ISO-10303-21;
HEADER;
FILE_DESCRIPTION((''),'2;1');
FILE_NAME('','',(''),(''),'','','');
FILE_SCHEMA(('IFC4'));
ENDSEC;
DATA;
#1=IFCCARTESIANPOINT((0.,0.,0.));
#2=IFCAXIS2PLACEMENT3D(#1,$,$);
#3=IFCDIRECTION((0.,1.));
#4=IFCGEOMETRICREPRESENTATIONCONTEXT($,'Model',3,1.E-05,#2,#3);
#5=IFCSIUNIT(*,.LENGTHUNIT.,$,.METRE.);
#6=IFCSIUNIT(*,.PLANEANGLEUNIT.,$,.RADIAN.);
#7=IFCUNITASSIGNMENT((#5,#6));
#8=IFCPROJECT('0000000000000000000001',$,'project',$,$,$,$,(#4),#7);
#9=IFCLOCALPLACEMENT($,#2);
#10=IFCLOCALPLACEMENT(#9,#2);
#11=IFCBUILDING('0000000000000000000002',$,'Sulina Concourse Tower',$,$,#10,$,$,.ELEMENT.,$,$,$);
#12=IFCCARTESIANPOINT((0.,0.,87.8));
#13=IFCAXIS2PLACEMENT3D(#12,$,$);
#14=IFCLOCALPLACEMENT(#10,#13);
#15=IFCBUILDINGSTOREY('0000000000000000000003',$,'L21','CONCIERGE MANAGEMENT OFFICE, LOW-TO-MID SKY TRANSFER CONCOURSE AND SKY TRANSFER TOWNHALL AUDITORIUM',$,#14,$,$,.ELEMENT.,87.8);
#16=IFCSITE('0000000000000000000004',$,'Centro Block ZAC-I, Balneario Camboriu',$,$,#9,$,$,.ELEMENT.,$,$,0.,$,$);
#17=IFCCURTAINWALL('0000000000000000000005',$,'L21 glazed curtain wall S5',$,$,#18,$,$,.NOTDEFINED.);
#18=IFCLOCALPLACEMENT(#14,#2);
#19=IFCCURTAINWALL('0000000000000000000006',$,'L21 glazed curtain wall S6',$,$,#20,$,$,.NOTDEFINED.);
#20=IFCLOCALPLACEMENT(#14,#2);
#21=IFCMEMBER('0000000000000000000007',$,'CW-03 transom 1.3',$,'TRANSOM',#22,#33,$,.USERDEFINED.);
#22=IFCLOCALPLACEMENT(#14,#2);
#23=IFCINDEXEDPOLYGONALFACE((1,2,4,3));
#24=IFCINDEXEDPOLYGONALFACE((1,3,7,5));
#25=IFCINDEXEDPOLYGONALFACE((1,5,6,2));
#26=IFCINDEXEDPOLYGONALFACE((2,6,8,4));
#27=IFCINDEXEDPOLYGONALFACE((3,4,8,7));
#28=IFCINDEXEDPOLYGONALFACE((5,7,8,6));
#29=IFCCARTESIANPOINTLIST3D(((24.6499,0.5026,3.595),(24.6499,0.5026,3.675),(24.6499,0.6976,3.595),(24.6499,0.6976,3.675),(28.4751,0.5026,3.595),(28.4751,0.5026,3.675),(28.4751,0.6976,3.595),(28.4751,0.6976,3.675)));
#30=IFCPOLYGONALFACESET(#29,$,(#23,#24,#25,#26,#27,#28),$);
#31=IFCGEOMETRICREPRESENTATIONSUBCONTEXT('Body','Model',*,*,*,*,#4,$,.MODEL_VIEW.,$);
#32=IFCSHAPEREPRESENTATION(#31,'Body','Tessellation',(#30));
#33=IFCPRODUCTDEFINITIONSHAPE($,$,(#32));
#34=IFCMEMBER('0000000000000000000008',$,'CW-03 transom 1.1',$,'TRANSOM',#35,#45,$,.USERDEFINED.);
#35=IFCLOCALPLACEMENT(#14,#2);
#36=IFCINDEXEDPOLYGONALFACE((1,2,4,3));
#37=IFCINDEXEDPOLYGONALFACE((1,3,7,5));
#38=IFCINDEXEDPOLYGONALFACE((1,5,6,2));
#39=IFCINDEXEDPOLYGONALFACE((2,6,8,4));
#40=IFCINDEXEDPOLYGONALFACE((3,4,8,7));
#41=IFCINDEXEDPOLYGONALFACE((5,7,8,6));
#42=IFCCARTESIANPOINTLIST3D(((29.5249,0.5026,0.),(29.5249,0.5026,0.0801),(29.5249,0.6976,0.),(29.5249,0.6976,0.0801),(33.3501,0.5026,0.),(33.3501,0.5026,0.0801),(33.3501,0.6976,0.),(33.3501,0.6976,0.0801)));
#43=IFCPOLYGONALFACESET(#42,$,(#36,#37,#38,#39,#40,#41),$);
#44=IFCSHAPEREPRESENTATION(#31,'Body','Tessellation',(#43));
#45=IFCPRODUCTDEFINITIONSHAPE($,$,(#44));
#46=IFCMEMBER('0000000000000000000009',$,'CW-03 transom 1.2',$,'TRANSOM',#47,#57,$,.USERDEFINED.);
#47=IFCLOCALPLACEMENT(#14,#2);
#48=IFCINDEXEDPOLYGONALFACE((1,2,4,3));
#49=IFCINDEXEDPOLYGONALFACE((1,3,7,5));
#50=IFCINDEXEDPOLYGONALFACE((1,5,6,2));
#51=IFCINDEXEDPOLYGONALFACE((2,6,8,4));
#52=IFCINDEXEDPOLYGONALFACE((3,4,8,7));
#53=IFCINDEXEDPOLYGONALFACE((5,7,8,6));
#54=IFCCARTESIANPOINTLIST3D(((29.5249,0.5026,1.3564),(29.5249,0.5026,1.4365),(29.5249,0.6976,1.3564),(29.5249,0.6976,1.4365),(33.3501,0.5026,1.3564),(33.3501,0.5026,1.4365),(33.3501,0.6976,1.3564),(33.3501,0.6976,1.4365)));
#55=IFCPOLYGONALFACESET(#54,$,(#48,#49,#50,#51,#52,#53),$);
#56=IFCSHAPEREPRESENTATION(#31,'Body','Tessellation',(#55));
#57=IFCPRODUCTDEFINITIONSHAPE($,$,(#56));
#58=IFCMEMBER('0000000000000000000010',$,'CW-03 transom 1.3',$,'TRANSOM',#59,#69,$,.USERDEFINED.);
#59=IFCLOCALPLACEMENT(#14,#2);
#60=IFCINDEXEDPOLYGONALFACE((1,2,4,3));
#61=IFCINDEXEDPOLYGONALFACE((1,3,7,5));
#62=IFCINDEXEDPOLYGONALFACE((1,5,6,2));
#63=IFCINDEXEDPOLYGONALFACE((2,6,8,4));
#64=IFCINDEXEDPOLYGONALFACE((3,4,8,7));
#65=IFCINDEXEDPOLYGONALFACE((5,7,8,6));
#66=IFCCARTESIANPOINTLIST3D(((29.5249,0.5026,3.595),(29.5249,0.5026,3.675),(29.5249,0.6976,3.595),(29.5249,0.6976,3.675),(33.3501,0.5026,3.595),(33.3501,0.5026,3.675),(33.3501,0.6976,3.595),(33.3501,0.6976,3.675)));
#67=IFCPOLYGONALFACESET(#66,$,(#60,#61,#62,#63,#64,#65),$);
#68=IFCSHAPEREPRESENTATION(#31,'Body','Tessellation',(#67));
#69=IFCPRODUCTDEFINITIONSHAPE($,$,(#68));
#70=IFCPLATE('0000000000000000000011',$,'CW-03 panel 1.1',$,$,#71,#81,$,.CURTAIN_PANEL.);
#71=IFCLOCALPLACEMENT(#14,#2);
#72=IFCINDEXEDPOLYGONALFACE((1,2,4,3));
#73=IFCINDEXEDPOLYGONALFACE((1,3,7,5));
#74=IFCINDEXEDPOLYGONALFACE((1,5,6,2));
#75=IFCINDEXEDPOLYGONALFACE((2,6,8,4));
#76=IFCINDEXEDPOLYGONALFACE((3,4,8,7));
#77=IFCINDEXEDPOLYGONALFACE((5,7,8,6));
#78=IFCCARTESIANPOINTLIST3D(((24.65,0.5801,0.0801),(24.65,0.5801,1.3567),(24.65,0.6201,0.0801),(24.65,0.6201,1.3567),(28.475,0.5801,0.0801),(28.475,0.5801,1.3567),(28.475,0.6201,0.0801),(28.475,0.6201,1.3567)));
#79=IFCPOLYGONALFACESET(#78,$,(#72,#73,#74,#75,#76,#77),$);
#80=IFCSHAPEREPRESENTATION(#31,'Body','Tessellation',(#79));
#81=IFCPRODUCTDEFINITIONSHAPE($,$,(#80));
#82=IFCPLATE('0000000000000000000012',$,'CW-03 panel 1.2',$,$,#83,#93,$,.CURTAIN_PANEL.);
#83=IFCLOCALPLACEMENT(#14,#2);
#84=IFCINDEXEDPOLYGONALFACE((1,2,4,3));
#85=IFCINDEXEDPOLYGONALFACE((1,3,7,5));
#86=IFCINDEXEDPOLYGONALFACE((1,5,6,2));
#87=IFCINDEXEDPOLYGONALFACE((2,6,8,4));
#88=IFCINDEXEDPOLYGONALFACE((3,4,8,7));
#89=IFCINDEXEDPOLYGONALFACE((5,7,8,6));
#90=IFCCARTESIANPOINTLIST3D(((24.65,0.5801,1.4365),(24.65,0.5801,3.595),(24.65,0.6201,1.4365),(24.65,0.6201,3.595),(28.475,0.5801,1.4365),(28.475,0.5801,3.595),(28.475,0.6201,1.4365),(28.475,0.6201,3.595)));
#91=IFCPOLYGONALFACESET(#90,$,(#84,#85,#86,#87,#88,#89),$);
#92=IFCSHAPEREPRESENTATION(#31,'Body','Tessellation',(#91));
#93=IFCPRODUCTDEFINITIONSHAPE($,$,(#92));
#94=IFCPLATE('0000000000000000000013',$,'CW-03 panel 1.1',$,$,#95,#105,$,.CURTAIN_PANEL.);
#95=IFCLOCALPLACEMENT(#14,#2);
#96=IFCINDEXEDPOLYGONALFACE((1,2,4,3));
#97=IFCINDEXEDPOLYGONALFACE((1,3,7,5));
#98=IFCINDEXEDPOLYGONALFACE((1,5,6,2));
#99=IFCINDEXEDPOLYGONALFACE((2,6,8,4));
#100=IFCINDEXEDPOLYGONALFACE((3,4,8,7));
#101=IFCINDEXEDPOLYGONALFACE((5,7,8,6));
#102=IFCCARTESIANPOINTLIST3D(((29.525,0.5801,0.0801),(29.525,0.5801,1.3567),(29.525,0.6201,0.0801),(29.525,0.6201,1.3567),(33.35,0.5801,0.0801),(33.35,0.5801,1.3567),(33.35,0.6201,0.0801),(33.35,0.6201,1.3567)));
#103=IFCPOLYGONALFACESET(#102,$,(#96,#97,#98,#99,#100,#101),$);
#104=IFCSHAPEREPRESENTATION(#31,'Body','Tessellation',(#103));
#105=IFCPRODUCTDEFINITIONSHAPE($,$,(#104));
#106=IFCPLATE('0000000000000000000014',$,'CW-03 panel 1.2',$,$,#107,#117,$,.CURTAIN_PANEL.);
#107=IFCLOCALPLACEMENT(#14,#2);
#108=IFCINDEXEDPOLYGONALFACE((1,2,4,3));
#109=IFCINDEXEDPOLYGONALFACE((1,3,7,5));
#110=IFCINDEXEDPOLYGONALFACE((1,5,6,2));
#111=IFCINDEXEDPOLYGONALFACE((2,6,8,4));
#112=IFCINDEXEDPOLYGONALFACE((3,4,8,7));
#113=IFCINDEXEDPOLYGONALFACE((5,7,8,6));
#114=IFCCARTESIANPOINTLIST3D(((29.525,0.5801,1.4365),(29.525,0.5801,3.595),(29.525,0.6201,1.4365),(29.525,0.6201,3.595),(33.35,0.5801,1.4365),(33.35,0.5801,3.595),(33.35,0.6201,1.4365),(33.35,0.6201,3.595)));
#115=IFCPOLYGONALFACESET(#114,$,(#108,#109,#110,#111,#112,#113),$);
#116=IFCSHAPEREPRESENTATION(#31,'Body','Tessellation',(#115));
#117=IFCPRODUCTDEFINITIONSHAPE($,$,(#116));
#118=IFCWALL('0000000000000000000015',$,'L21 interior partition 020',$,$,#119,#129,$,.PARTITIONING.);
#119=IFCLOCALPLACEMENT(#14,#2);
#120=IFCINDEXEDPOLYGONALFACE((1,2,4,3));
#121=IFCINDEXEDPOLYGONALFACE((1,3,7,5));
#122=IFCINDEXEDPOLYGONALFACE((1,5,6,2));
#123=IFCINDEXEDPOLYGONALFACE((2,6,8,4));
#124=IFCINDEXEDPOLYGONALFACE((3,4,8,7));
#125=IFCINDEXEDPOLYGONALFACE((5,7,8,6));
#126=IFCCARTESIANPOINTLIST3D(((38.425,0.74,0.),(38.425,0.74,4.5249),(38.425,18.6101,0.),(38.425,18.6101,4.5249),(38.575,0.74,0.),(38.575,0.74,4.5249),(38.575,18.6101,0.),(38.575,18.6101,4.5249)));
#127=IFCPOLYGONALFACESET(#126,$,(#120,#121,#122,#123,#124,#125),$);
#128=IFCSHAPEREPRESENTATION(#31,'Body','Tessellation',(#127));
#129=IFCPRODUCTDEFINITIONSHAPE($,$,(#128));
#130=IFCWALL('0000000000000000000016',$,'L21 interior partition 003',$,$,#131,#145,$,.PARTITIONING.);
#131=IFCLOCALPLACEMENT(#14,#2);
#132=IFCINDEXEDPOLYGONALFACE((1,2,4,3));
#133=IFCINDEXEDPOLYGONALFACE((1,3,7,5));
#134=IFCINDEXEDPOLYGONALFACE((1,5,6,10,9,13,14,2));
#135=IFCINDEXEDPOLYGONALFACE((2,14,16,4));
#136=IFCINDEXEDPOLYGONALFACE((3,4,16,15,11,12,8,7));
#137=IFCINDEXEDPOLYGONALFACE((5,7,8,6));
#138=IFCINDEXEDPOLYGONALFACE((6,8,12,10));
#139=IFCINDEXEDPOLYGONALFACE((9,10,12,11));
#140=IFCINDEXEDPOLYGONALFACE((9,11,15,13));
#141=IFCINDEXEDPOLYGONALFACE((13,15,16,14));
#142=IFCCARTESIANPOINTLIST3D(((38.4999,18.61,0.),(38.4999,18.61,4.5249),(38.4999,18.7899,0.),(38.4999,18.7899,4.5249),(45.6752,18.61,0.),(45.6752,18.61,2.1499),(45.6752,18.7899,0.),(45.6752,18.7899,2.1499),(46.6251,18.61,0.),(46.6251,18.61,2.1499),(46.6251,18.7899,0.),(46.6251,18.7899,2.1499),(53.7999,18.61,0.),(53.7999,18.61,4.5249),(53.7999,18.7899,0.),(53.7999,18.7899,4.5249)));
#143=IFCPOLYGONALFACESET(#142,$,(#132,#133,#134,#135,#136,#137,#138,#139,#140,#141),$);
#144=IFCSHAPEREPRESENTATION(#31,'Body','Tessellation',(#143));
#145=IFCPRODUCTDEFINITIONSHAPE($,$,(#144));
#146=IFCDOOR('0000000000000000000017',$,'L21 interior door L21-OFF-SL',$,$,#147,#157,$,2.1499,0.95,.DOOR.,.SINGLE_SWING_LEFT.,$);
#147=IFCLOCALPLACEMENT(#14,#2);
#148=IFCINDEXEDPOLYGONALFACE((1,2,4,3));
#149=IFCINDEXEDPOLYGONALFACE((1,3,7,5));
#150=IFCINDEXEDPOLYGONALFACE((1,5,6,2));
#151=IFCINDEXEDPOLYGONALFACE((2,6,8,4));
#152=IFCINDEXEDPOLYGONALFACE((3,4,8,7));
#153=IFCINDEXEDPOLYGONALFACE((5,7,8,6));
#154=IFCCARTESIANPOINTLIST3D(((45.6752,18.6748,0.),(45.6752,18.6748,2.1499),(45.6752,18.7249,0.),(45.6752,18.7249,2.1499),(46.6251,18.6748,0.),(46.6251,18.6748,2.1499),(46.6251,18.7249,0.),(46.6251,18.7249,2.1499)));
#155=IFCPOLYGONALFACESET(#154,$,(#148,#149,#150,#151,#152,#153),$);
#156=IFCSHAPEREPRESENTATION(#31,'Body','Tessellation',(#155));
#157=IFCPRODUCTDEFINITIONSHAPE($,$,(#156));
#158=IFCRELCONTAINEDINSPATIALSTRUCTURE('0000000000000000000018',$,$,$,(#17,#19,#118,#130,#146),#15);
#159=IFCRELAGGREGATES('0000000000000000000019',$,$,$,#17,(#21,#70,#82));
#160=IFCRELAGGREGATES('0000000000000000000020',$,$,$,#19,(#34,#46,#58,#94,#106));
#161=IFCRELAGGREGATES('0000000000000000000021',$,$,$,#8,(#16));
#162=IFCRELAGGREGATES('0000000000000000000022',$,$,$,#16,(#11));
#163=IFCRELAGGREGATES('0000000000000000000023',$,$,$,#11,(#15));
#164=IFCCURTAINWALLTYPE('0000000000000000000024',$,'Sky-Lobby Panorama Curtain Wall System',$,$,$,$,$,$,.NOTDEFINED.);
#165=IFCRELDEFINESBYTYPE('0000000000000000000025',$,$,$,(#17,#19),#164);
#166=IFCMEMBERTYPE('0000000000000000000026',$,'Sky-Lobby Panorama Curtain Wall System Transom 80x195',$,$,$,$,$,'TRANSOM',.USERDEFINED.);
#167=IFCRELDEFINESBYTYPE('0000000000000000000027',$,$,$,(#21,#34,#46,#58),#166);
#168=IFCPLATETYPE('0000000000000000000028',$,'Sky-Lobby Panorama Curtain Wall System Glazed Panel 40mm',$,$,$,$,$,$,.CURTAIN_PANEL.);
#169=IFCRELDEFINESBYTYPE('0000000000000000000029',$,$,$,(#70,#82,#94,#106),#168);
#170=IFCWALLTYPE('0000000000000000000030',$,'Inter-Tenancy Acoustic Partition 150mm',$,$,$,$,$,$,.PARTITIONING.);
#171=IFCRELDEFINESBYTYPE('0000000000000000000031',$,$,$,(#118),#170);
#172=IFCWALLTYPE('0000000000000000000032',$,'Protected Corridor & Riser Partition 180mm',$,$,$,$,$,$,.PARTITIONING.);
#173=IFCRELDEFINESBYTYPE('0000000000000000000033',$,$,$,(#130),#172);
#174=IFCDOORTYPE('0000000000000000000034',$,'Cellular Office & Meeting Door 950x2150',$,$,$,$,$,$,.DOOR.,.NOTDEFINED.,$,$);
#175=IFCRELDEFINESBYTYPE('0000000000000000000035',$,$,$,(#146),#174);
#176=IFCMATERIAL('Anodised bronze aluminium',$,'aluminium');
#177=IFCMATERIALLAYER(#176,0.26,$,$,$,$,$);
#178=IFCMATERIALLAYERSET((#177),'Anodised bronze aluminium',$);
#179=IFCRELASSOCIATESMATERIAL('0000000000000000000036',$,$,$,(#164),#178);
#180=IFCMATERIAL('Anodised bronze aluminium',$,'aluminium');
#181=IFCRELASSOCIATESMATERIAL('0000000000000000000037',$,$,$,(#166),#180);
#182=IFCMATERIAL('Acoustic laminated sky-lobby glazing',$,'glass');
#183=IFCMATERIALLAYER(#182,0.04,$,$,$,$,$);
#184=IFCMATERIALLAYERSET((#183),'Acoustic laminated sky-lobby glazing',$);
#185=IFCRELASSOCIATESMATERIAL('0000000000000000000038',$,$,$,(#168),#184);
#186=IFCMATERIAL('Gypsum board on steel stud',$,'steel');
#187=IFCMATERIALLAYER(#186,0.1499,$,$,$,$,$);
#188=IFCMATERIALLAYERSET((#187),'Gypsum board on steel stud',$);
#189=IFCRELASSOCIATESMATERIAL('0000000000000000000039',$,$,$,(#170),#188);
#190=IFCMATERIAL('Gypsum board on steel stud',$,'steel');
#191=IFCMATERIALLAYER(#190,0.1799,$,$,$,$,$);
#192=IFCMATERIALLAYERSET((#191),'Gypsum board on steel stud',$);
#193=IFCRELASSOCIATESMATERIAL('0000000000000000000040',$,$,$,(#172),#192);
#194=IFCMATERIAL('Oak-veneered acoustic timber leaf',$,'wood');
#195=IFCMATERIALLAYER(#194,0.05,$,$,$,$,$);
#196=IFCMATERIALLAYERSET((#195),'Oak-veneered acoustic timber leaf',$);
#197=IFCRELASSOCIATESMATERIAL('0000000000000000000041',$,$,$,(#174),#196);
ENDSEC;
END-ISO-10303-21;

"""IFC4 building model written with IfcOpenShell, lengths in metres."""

from ifc_helpers import new_model, si_unit, direction, frame, frame_2d, origin, origin_2d, place, context, subcontext, project, spatial, rectangle, extrude, material, layer, layer_set, material_profile, profile_set, type_object, element, fill, aggregate, save


model = new_model("IFC4")

# Units and contexts
model_context = context("Model", 3, precision=1e-05, world=origin(), true_north=direction((0.0, 1.0)))
body_context = subcontext(model_context, "Body", "Model", "MODEL_VIEW")
ifc_project = project(units=[si_unit("LENGTHUNIT", "METRE"), si_unit("PLANEANGLEUNIT", "RADIAN")], contexts=[model_context])

# Site, building, storey
site_placement = place(None, origin())
site = spatial("IfcSite", under=ifc_project, at=site_placement, Name="Centro Block ZAC-I, Balneario Camboriu", CompositionType="ELEMENT", RefElevation=0.0)
building_placement = place(site_placement, origin())
building = spatial("IfcBuilding", under=site, at=building_placement, Name="Sulina Concourse Tower", CompositionType="ELEMENT")
storey_placement = place(building_placement, frame((0.0, 0.0, 87.8)))
storey = spatial("IfcBuildingStorey", under=building, at=storey_placement, Name="L21", Description="CONCIERGE MANAGEMENT OFFICE, LOW-TO-MID SKY TRANSFER CONCOURSE AND SKY TRANSFER TOWNHALL AUDITORIUM", CompositionType="ELEMENT", Elevation=87.8)

# Shared definitions
ifc_material_1 = material(Name="Anodised bronze aluminium", Category="aluminium")
ifc_layer_1 = layer(ifc_material_1, 0.26)
ifc_layer_set_1 = layer_set([ifc_layer_1], Name="Anodised bronze aluminium")
curtain_wall_type = type_object("IfcCurtainWallType", Name="Sky-Lobby Panorama Curtain Wall System", PredefinedType="NOTDEFINED", material=ifc_layer_set_1)

# Curtain walls
curtain_wall_1_placement = place(storey_placement, origin())
curtain_wall_1 = element("IfcCurtainWall", 1, at=curtain_wall_1_placement, inside=storey, type_object=curtain_wall_type, Name="L21 glazed curtain wall S5", PredefinedType="NOTDEFINED")
curtain_wall_2_placement = place(storey_placement, origin())
curtain_wall_2 = element("IfcCurtainWall", 2, at=curtain_wall_2_placement, inside=storey, type_object=curtain_wall_type, Name="L21 glazed curtain wall S6", PredefinedType="NOTDEFINED")

# Members
ifc_material_2 = material(Name="Anodised bronze aluminium", Category="aluminium")
ifc_material_profile_1 = material_profile(ifc_material_2, rectangle(XDim=0.1951, YDim=0.0801, at=origin_2d()), Name="TRN 80x195")
ifc_profile_set_1 = profile_set([ifc_material_profile_1], Name="Anodised bronze aluminium")
member_type_1 = type_object("IfcMemberType", Name="Sky-Lobby Panorama Curtain Wall System Transom 80x195", ElementType="TRANSOM", PredefinedType="USERDEFINED", material=ifc_profile_set_1)
member_1_placement = place(storey_placement, frame((28.4751, 0.6001, 3.635), z_axis=(-1.0, 0.0, 0.0), x_axis=(0.0, -1.0, 0.0)))
member_1 = element("IfcMember", 3, at=member_1_placement, type_object=member_type_1, Name="CW-03 transom 1.3", ObjectType="TRANSOM", PredefinedType="USERDEFINED", context=body_context, shape_type="SweptSolid", body=[
    extrude(rectangle(XDim=0.1951, YDim=0.0801, at=origin_2d()), origin(), (0.0, 0.0, 1.0), 3.8252),
])
member_2_placement = place(storey_placement, frame((33.3501, 0.6001, 0.04), z_axis=(-1.0, 0.0, 0.0), x_axis=(0.0, -1.0, 0.0)))
member_2 = element("IfcMember", 4, at=member_2_placement, type_object=member_type_1, Name="CW-03 transom 1.1", ObjectType="TRANSOM", PredefinedType="USERDEFINED", context=body_context, shape_type="SweptSolid", body=[
    extrude(rectangle(XDim=0.1951, YDim=0.0801, at=origin_2d()), origin(), (0.0, 0.0, 1.0), 3.8252),
])
member_3_placement = place(storey_placement, frame((33.3501, 0.6001, 1.3965), z_axis=(-1.0, 0.0, 0.0), x_axis=(0.0, -1.0, 0.0)))
member_3 = element("IfcMember", 5, at=member_3_placement, type_object=member_type_1, Name="CW-03 transom 1.2", ObjectType="TRANSOM", PredefinedType="USERDEFINED", context=body_context, shape_type="SweptSolid", body=[
    extrude(rectangle(XDim=0.1951, YDim=0.0801, at=origin_2d()), origin(), (0.0, 0.0, 1.0), 3.8252),
])
member_4_placement = place(storey_placement, frame((33.3501, 0.6001, 3.635), z_axis=(-1.0, 0.0, 0.0), x_axis=(0.0, -1.0, 0.0)))
member_4 = element("IfcMember", 6, at=member_4_placement, type_object=member_type_1, Name="CW-03 transom 1.3", ObjectType="TRANSOM", PredefinedType="USERDEFINED", context=body_context, shape_type="SweptSolid", body=[
    extrude(rectangle(XDim=0.1951, YDim=0.0801, at=origin_2d()), origin(), (0.0, 0.0, 1.0), 3.8252),
])

# Plates
ifc_material_3 = material(Name="Acoustic laminated sky-lobby glazing", Category="glass")
ifc_layer_2 = layer(ifc_material_3, 0.04)
ifc_layer_set_2 = layer_set([ifc_layer_2], Name="Acoustic laminated sky-lobby glazing")
plate_type = type_object("IfcPlateType", Name="Sky-Lobby Panorama Curtain Wall System Glazed Panel 40mm", PredefinedType="CURTAIN_PANEL", material=ifc_layer_set_2)
plate_1_placement = place(storey_placement, frame((26.5625, 0.6001, 0.0801), z_axis=(0.0, 0.0, 1.0), x_axis=(-1.0, 0.0, 0.0)))
plate_1 = element("IfcPlate", 7, at=plate_1_placement, type_object=plate_type, Name="CW-03 panel 1.1", PredefinedType="CURTAIN_PANEL", context=body_context, shape_type="SweptSolid", body=[
    extrude(rectangle(XDim=3.825, YDim=0.04, at=origin_2d()), origin(), (0.0, 0.0, 1.0), 1.2766),
])
plate_2_placement = place(storey_placement, frame((26.5625, 0.6001, 1.4365), z_axis=(0.0, 0.0, 1.0), x_axis=(-1.0, 0.0, 0.0)))
plate_2 = element("IfcPlate", 8, at=plate_2_placement, type_object=plate_type, Name="CW-03 panel 1.2", PredefinedType="CURTAIN_PANEL", context=body_context, shape_type="SweptSolid", body=[
    extrude(rectangle(XDim=3.825, YDim=0.04, at=origin_2d()), origin(), (0.0, 0.0, 1.0), 2.1584),
])
aggregate(curtain_wall_1, [member_1, plate_1, plate_2])
plate_3_placement = place(storey_placement, frame((31.4375, 0.6001, 0.0801), z_axis=(0.0, 0.0, 1.0), x_axis=(-1.0, 0.0, 0.0)))
plate_3 = element("IfcPlate", 9, at=plate_3_placement, type_object=plate_type, Name="CW-03 panel 1.1", PredefinedType="CURTAIN_PANEL", context=body_context, shape_type="SweptSolid", body=[
    extrude(rectangle(XDim=3.825, YDim=0.04, at=origin_2d()), origin(), (0.0, 0.0, 1.0), 1.2766),
])
plate_4_placement = place(storey_placement, frame((31.4375, 0.6001, 1.4365), z_axis=(0.0, 0.0, 1.0), x_axis=(-1.0, 0.0, 0.0)))
plate_4 = element("IfcPlate", 10, at=plate_4_placement, type_object=plate_type, Name="CW-03 panel 1.2", PredefinedType="CURTAIN_PANEL", context=body_context, shape_type="SweptSolid", body=[
    extrude(rectangle(XDim=3.825, YDim=0.04, at=origin_2d()), origin(), (0.0, 0.0, 1.0), 2.1584),
])
aggregate(curtain_wall_2, [member_2, member_3, member_4, plate_3, plate_4])

# Wall
ifc_material_4 = material(Name="Gypsum board on steel stud", Category="steel")
ifc_layer_3 = layer(ifc_material_4, 0.1499)
ifc_layer_set_3 = layer_set([ifc_layer_3], Name="Gypsum board on steel stud")
wall_type_1 = type_object("IfcWallType", Name="Inter-Tenancy Acoustic Partition 150mm", PredefinedType="PARTITIONING", material=ifc_layer_set_3)
wall_1_placement = place(storey_placement, frame((38.5, 0.74, 0.0), z_axis=(0.0, 0.0, 1.0), x_axis=(0.0, 1.0, 0.0)))
element("IfcWall", 11, at=wall_1_placement, inside=storey, type_object=wall_type_1, Name="L21 interior partition 020", PredefinedType="PARTITIONING", context=body_context, shape_type="SweptSolid", body=[
    extrude(rectangle(XDim=17.8701, YDim=0.1499, at=frame_2d((8.9351, 0.0))), origin(), (0.0, 0.0, 1.0), 4.5249),
])

# Wall, opening, door
ifc_material_5 = material(Name="Gypsum board on steel stud", Category="steel")
ifc_layer_4 = layer(ifc_material_5, 0.1799)
ifc_layer_set_4 = layer_set([ifc_layer_4], Name="Gypsum board on steel stud")
wall_type_2 = type_object("IfcWallType", Name="Protected Corridor & Riser Partition 180mm", PredefinedType="PARTITIONING", material=ifc_layer_set_4)
wall_2_placement = place(storey_placement, frame((38.5, 18.7, 0.0), z_axis=(0.0, 0.0, 1.0), x_axis=(1.0, 0.0, 0.0)))
wall_2 = element("IfcWall", 12, at=wall_2_placement, inside=storey, type_object=wall_type_2, Name="L21 interior partition 003", PredefinedType="PARTITIONING", context=body_context, shape_type="SweptSolid", body=[
    extrude(rectangle(XDim=15.3, YDim=0.1799, at=frame_2d((7.6499, 0.0))), origin(), (0.0, 0.0, 1.0), 4.5249),
])
opening_1_placement = place(wall_2_placement, frame((7.175, 0.0, 0.0)))
opening_1 = element("IfcOpeningElement", 13, at=opening_1_placement, cuts=wall_2, PredefinedType="OPENING", context=body_context, shape_type="SweptSolid", body=[
    extrude(rectangle(XDim=0.95, YDim=2.1499, at=frame_2d((0.4751, 1.075))), frame((0.0, 0.0999, 0.0), z_axis=(0.0, -1.0, 0.0), x_axis=(1.0, 0.0, 0.0)), (0.0, 0.0, 1.0), 0.2),
])
ifc_material_6 = material(Name="Oak-veneered acoustic timber leaf", Category="wood")
ifc_layer_5 = layer(ifc_material_6, 0.05)
ifc_layer_set_5 = layer_set([ifc_layer_5], Name="Oak-veneered acoustic timber leaf")
door_type = type_object("IfcDoorType", Name="Cellular Office & Meeting Door 950x2150", OperationType="NOTDEFINED", PredefinedType="DOOR", material=ifc_layer_set_5)
door_placement = place(opening_1_placement, origin())
door = element("IfcDoor", 14, at=door_placement, inside=storey, type_object=door_type, Name="L21 interior door L21-OFF-SL", OperationType="SINGLE_SWING_LEFT", OverallHeight=2.1499, OverallWidth=0.95, PredefinedType="DOOR", context=body_context, shape_type="SweptSolid", body=[
    extrude(rectangle(XDim=0.95, YDim=2.1499, at=frame_2d((0.4751, 1.075))), frame((0.0, 0.0249, 0.0), z_axis=(0.0, -1.0, 0.0), x_axis=(1.0, 0.0, 0.0)), (0.0, 0.0, 1.0), 0.05),
])
fill(opening_1, door)

save(model, "model.ifc")
